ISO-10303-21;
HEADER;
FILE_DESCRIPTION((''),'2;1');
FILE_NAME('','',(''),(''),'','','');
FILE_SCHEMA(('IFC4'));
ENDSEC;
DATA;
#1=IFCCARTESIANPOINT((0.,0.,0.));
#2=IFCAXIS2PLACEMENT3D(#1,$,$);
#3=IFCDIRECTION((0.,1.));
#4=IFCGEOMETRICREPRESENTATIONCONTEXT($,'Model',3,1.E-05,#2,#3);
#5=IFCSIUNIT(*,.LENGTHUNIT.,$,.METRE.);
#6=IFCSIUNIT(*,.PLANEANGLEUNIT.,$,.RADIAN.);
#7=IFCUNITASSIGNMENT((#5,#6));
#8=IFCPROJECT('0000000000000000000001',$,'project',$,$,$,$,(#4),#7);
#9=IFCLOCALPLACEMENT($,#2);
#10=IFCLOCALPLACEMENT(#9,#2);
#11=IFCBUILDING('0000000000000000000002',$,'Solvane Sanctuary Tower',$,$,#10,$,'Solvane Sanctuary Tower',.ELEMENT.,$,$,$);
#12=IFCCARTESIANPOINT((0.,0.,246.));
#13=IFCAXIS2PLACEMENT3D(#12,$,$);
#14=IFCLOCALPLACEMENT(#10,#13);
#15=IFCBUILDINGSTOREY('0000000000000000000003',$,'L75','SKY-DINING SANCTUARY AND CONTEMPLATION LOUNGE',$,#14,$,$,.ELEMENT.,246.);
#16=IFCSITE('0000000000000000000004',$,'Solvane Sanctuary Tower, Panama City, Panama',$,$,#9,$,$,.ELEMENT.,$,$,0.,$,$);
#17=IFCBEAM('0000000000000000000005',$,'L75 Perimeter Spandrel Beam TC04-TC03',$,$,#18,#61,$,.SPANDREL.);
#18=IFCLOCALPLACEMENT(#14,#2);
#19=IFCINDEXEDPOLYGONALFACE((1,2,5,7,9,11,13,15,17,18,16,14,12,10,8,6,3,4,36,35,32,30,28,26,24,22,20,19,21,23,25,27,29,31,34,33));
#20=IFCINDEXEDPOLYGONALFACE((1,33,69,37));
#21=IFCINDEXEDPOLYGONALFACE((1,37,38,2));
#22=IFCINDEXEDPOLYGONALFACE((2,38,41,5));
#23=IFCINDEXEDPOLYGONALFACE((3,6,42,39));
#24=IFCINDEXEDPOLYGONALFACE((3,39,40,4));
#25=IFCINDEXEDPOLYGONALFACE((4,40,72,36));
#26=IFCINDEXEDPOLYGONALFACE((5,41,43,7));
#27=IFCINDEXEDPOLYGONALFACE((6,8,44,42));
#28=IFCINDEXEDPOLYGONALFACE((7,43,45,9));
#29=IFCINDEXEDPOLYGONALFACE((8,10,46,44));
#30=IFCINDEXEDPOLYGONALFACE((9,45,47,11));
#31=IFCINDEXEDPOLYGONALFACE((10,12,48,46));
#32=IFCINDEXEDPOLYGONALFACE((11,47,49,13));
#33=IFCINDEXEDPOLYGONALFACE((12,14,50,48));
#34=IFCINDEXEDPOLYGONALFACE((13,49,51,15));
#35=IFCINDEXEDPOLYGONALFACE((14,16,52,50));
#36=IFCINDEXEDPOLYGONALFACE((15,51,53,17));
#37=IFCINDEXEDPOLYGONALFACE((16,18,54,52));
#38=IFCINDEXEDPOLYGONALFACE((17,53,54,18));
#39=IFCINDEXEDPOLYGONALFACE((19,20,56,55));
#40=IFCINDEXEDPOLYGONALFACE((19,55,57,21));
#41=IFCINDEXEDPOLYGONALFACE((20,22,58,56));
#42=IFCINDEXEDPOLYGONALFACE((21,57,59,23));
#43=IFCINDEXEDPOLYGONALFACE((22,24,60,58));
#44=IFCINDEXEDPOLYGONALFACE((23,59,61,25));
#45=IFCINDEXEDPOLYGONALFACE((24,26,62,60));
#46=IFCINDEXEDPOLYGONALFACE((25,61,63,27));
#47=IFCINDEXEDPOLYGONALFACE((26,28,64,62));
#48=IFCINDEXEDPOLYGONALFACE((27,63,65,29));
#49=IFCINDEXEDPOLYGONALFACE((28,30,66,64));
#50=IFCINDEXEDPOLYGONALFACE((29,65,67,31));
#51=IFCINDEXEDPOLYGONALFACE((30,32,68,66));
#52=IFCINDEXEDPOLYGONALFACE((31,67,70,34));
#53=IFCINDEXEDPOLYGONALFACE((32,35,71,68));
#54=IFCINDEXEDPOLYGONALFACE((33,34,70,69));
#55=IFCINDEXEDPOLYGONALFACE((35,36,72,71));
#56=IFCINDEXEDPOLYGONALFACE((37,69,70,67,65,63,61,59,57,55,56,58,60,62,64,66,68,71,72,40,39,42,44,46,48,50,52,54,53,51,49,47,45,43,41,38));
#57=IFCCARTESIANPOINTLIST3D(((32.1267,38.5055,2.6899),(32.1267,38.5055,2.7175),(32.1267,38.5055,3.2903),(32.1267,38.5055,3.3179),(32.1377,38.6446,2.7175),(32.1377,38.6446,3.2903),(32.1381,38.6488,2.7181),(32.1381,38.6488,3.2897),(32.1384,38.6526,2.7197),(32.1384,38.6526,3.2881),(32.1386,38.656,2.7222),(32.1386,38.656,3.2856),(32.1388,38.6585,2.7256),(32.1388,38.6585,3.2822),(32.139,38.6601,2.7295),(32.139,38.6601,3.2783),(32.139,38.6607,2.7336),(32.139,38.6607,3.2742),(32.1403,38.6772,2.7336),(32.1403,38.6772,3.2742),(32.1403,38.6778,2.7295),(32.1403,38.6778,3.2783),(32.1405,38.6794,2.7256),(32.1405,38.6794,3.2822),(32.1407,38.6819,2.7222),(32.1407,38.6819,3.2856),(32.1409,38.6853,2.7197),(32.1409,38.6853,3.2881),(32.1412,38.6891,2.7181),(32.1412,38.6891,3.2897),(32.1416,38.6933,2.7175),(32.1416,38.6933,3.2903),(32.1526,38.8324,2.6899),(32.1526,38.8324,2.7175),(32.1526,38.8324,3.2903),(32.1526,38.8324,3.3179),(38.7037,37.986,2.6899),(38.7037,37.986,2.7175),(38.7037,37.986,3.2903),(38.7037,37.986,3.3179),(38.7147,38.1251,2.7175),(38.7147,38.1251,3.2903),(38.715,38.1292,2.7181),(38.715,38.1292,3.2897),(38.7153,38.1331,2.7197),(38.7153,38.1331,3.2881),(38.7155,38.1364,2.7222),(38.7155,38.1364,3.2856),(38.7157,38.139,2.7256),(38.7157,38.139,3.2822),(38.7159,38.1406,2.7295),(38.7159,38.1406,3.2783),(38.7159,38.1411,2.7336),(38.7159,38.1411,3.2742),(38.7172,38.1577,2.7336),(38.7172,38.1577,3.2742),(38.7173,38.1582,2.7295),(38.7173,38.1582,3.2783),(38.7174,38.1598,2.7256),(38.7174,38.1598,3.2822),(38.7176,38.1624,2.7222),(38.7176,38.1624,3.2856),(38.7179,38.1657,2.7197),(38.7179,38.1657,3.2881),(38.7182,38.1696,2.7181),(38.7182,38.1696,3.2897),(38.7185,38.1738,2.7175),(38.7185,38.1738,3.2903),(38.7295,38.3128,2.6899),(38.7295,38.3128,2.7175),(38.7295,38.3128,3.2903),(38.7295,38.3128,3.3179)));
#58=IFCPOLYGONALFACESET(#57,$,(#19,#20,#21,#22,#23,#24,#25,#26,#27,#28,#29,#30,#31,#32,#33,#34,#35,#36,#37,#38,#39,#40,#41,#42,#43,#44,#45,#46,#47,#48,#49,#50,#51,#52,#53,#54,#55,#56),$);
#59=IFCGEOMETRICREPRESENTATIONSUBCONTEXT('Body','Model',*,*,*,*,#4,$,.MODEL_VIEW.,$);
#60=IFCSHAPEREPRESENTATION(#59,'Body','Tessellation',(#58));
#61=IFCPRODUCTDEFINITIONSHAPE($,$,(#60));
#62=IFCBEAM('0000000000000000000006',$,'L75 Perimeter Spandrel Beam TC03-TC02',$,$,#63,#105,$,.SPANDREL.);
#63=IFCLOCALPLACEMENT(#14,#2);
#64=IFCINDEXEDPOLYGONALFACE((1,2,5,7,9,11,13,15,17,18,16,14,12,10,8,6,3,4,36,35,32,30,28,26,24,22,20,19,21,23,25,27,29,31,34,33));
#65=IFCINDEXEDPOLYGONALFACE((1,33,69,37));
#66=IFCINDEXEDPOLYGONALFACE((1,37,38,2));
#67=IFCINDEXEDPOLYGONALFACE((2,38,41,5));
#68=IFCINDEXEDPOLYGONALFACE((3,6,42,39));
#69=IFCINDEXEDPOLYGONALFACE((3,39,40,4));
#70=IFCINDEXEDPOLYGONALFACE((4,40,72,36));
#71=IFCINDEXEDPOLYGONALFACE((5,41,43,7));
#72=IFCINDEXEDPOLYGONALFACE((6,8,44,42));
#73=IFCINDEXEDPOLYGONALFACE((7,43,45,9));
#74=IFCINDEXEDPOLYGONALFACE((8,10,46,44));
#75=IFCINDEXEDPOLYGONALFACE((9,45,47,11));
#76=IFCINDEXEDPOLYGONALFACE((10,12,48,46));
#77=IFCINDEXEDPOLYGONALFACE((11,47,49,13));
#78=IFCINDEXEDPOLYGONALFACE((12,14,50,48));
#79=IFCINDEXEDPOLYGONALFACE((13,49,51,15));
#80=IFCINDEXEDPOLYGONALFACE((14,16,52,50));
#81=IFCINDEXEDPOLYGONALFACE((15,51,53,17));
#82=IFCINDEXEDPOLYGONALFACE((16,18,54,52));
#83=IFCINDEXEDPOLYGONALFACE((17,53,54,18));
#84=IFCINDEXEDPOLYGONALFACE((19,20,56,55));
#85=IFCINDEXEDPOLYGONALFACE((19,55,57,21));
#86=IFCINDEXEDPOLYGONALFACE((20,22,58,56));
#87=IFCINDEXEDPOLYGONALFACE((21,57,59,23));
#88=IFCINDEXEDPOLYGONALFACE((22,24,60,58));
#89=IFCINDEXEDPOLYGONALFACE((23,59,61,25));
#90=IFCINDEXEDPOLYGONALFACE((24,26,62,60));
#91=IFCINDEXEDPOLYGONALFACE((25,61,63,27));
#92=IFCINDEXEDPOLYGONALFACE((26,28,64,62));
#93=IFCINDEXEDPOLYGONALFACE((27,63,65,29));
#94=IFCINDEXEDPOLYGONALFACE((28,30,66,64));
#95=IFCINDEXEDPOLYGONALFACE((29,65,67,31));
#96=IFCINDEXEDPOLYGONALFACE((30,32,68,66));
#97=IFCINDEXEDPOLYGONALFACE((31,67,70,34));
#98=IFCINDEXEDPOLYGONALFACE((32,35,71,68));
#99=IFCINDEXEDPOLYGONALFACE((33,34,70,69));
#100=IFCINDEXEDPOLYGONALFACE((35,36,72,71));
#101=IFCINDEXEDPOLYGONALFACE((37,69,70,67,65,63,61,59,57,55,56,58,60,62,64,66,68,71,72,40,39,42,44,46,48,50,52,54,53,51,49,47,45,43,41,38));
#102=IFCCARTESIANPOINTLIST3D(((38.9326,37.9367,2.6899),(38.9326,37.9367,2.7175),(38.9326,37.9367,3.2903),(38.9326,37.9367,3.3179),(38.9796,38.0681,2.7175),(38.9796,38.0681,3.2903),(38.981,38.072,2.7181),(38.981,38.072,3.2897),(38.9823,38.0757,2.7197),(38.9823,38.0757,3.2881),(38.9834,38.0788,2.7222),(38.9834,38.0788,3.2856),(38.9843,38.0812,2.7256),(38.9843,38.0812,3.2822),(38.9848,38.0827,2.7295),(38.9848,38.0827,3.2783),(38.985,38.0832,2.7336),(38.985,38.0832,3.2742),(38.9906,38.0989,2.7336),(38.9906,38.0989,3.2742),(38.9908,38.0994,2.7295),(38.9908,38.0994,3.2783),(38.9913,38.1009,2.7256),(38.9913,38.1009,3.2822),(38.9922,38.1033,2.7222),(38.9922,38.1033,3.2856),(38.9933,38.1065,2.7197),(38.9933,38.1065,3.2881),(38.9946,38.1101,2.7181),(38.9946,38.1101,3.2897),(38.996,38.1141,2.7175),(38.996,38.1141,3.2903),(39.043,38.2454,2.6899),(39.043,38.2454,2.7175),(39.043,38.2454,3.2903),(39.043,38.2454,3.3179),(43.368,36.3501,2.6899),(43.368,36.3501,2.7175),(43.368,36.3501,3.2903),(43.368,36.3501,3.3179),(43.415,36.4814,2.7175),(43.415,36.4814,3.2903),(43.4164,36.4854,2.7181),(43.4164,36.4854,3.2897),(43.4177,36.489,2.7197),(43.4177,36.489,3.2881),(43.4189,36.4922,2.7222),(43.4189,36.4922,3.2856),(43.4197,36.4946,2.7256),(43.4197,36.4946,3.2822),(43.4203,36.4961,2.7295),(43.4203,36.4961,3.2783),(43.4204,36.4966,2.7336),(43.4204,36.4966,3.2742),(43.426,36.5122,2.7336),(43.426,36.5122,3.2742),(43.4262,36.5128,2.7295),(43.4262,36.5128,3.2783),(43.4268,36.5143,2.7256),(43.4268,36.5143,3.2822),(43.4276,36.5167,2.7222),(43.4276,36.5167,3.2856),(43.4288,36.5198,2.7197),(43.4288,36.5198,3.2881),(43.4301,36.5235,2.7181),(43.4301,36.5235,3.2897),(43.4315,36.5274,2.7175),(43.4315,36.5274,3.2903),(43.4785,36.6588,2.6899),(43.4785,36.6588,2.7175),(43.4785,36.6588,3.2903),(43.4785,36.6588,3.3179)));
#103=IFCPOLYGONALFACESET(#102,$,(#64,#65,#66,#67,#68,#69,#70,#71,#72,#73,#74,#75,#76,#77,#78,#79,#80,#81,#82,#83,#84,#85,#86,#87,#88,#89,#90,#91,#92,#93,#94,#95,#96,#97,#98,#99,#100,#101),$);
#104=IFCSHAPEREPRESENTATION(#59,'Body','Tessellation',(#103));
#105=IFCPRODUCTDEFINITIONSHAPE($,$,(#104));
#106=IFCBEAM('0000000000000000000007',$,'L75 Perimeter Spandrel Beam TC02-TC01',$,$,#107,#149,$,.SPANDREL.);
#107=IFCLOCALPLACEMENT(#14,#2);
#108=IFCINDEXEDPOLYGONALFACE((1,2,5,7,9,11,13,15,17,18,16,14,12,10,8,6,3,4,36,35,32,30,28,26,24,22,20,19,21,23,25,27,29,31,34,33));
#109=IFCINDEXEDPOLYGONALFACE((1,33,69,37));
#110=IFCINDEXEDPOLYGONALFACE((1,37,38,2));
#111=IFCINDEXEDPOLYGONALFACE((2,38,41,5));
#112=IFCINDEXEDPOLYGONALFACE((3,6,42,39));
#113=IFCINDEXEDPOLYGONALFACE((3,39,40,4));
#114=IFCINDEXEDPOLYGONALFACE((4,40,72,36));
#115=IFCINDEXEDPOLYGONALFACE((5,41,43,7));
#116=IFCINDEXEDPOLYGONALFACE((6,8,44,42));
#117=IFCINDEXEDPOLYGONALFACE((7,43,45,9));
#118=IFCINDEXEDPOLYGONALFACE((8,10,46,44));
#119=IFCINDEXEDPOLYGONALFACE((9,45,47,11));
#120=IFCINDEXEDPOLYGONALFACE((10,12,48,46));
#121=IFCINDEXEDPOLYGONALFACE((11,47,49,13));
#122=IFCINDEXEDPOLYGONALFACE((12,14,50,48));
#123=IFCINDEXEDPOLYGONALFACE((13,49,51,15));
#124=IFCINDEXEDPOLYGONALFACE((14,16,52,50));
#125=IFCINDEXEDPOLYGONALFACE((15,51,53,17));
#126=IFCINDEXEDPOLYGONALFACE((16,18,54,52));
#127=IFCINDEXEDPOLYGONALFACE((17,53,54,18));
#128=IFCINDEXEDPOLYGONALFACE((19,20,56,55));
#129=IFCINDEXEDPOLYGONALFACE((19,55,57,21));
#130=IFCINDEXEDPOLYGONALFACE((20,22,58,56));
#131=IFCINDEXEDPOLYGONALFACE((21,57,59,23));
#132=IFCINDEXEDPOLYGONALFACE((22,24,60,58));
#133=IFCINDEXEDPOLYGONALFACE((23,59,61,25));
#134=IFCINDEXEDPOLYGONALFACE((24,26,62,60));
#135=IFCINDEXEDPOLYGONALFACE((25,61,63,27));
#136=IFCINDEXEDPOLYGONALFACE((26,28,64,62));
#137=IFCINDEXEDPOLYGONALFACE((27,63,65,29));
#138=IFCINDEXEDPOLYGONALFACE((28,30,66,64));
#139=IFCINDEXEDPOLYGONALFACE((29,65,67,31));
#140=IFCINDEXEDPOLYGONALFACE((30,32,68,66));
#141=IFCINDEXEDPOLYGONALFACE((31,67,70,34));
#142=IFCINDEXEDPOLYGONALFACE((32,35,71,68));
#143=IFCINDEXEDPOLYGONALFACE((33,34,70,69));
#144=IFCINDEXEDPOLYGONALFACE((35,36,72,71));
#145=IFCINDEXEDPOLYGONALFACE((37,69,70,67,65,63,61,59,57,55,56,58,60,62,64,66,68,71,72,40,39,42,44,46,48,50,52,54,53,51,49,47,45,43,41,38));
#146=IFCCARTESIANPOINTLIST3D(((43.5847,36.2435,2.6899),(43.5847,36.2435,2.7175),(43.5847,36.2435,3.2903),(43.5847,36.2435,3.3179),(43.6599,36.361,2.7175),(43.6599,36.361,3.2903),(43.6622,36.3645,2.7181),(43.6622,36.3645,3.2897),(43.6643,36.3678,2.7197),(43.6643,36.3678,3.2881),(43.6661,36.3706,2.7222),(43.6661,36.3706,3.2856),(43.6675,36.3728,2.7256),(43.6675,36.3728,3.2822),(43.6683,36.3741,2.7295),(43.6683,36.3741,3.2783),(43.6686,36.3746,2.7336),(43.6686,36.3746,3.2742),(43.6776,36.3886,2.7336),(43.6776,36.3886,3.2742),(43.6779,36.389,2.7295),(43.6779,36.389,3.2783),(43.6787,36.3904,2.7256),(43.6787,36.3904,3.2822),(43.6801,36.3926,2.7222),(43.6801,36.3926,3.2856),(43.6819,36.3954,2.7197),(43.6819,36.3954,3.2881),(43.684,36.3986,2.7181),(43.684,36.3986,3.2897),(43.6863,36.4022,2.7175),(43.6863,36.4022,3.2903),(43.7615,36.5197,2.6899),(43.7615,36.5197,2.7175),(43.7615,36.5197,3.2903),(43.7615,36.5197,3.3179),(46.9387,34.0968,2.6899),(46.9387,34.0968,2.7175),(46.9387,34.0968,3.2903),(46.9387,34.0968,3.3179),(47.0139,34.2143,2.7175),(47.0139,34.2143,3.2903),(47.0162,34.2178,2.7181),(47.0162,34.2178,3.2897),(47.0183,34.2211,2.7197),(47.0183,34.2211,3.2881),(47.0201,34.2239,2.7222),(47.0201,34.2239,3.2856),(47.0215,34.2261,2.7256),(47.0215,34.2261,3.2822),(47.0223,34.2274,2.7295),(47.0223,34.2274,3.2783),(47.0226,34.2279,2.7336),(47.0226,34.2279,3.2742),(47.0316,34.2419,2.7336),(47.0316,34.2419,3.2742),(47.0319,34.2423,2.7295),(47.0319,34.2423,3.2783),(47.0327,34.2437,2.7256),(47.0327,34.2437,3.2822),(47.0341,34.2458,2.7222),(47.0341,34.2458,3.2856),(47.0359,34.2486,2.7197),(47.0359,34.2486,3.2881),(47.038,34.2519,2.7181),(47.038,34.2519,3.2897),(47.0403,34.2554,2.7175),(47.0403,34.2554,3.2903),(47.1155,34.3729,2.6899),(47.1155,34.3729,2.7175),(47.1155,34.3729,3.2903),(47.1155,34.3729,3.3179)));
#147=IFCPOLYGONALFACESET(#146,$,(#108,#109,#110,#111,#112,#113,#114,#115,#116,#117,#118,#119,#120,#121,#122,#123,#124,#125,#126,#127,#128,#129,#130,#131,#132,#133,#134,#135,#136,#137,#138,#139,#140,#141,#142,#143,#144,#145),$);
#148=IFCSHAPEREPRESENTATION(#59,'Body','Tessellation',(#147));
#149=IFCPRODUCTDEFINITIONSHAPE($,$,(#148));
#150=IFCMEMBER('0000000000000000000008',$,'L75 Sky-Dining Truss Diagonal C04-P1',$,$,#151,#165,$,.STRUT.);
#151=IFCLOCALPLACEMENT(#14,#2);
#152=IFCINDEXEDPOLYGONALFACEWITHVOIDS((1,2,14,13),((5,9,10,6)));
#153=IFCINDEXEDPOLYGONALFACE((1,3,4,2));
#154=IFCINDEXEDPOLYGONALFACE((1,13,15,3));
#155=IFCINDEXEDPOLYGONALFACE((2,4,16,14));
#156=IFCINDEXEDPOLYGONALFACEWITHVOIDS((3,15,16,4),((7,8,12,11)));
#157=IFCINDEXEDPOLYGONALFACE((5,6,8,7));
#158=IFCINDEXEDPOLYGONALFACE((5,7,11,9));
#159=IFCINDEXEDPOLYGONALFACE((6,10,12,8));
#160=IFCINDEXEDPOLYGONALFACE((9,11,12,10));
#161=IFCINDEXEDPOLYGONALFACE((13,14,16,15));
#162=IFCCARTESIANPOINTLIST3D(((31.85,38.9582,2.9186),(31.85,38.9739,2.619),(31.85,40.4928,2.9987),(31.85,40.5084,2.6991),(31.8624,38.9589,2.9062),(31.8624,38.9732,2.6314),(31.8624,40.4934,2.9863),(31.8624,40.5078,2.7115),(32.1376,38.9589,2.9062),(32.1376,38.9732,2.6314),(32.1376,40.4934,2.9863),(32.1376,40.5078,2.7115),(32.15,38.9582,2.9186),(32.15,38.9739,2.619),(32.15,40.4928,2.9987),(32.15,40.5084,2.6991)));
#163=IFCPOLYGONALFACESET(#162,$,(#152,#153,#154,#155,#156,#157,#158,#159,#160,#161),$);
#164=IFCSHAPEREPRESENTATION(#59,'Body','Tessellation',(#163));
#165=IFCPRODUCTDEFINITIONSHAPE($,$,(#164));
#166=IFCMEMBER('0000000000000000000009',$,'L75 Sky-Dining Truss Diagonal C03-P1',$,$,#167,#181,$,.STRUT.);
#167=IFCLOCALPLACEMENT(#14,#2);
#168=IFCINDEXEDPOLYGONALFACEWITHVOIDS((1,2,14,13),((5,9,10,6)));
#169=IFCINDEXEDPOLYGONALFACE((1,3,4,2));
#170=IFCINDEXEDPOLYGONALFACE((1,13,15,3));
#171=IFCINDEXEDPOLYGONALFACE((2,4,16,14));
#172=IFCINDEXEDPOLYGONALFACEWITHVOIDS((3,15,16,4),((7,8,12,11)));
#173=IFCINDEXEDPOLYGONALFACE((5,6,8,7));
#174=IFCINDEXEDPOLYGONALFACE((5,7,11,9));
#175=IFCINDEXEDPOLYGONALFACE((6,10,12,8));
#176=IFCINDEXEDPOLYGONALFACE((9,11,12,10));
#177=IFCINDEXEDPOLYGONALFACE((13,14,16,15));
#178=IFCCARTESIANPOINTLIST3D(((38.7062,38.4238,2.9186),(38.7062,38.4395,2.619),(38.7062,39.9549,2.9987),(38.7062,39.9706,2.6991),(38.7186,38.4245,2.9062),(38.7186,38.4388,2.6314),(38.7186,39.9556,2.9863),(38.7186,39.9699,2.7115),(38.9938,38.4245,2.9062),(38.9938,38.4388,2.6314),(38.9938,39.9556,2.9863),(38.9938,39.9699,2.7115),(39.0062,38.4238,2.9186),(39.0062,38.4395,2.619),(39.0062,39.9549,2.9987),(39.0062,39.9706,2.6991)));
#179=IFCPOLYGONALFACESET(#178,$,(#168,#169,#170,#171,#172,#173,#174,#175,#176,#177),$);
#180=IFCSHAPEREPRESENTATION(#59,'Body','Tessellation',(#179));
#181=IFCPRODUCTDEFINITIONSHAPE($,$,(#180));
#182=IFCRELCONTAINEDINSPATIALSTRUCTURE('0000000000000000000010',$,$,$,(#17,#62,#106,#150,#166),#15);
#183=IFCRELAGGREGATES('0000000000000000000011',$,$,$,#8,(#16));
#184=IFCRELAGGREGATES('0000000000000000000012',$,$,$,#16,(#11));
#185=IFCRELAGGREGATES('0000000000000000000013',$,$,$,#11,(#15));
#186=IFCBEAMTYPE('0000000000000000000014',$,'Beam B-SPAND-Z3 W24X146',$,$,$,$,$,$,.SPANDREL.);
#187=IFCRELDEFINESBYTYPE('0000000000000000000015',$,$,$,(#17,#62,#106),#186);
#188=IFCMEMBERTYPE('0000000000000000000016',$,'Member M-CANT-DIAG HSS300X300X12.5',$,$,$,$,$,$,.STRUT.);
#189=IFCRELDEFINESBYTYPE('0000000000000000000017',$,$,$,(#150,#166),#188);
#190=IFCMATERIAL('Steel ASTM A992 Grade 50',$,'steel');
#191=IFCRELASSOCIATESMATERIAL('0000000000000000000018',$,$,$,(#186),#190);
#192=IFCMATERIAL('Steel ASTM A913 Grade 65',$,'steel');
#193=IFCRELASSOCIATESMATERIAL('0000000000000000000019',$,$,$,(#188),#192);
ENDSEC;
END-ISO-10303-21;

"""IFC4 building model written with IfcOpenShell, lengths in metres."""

from ifc_helpers import new_model, si_unit, direction, frame, origin, origin_2d, place, context, subcontext, project, spatial, hollow_rectangle, i_section, extrude, material, material_profile, profile_set, type_object, element, save


model = new_model("IFC4")

# Units and contexts
model_context = context("Model", 3, precision=1e-05, world=origin(), true_north=direction((0.0, 1.0)))
body_context = subcontext(model_context, "Body", "Model", "MODEL_VIEW")
ifc_project = project(units=[si_unit("LENGTHUNIT", "METRE"), si_unit("PLANEANGLEUNIT", "RADIAN")], contexts=[model_context])

# Site, building, storey
site_placement = place(None, origin())
site = spatial("IfcSite", under=ifc_project, at=site_placement, Name="Solvane Sanctuary Tower, Panama City, Panama", CompositionType="ELEMENT", RefElevation=0.0)
building_placement = place(site_placement, origin())
building = spatial("IfcBuilding", under=site, at=building_placement, Name="Solvane Sanctuary Tower", LongName="Solvane Sanctuary Tower", CompositionType="ELEMENT")
storey_placement = place(building_placement, frame((0.0, 0.0, 246.0)))
storey = spatial("IfcBuildingStorey", under=building, at=storey_placement, Name="L75", Description="SKY-DINING SANCTUARY AND CONTEMPLATION LOUNGE", CompositionType="ELEMENT", Elevation=246.0)

# Shared definitions
ifc_material_1 = material(Name="Steel ASTM A913 Grade 65", Category="steel")

# Beams
ifc_material_2 = material(Name="Steel ASTM A992 Grade 50", Category="steel")
ifc_material_profile_1 = material_profile(ifc_material_2, i_section(OverallWidth=0.3279, OverallDepth=0.6279, WebThickness=0.0166, FlangeThickness=0.0276, FilletRadius=0.0161, at=origin_2d()), Name="W24X146")
ifc_profile_set_1 = profile_set([ifc_material_profile_1], Name="Steel ASTM A992 Grade 50")
beam_type_1 = type_object("IfcBeamType", Name="Beam B-SPAND-Z3 W24X146", PredefinedType="SPANDREL", material=ifc_profile_set_1)
beam_1_placement = place(storey_placement, frame((32.1396, 38.6689, 3.0039), z_axis=(0.996895, -0.078748, 0.0), x_axis=(0.078748, 0.996895, 0.0)))
element("IfcBeam", 1, at=beam_1_placement, inside=storey, type_object=beam_type_1, Name="L75 Perimeter Spandrel Beam TC04-TC03", PredefinedType="SPANDREL", context=body_context, shape_type="SweptSolid", body=[
    extrude(i_section(OverallWidth=0.3279, OverallDepth=0.6279, WebThickness=0.0166, FlangeThickness=0.0276, FilletRadius=0.0161, at=origin_2d()), origin(), (0.0, 0.0, 1.0), 6.5974),
])
beam_2_placement = place(storey_placement, frame((38.9878, 38.0911, 3.0039), z_axis=(0.941571, -0.336816, 0.0), x_axis=(0.336816, 0.941571, 0.0)))
element("IfcBeam", 2, at=beam_2_placement, inside=storey, type_object=beam_type_1, Name="L75 Perimeter Spandrel Beam TC03-TC02", PredefinedType="SPANDREL", context=body_context, shape_type="SweptSolid", body=[
    extrude(i_section(OverallWidth=0.3279, OverallDepth=0.6279, WebThickness=0.0166, FlangeThickness=0.0276, FilletRadius=0.0161, at=origin_2d()), origin(), (0.0, 0.0, 1.0), 4.7107),
])
beam_3_placement = place(storey_placement, frame((43.6731, 36.3816, 3.0039), z_axis=(0.842252, -0.539083, 0.0), x_axis=(0.539083, 0.842252, 0.0)))
element("IfcBeam", 3, at=beam_3_placement, inside=storey, type_object=beam_type_1, Name="L75 Perimeter Spandrel Beam TC02-TC01", PredefinedType="SPANDREL", context=body_context, shape_type="SweptSolid", body=[
    extrude(i_section(OverallWidth=0.3279, OverallDepth=0.6279, WebThickness=0.0166, FlangeThickness=0.0276, FilletRadius=0.0161, at=origin_2d()), origin(), (0.0, 0.0, 1.0), 3.9822),
])

# Members
ifc_material_profile_2 = material_profile(ifc_material_1, hollow_rectangle(XDim=0.3, YDim=0.3, WallThickness=0.0125, at=origin_2d()), Name="HSS300X300X12.5")
ifc_profile_set_2 = profile_set([ifc_material_profile_2], Name="Steel ASTM A913 Grade 65")
member_type_1 = type_object("IfcMemberType", Name="Member M-CANT-DIAG HSS300X300X12.5", PredefinedType="STRUT", material=ifc_profile_set_2)
member_1_placement = place(storey_placement, frame((32.0, 38.9661, 2.7688), z_axis=(0.0, 0.998641, 0.052117), x_axis=(-1.0, 0.0, 0.0)))
element("IfcMember", 4, at=member_1_placement, inside=storey, type_object=member_type_1, Name="L75 Sky-Dining Truss Diagonal C04-P1", PredefinedType="STRUT", context=body_context, shape_type="SweptSolid", body=[
    extrude(hollow_rectangle(XDim=0.3, YDim=0.3, WallThickness=0.0125, at=origin_2d()), origin(), (0.0, 0.0, 1.0), 1.5366),
])
member_2_placement = place(storey_placement, frame((38.8562, 38.4316, 2.7688), z_axis=(0.0, 0.998635, 0.052233), x_axis=(-1.0, 0.0, 0.0)))
element("IfcMember", 5, at=member_2_placement, inside=storey, type_object=member_type_1, Name="L75 Sky-Dining Truss Diagonal C03-P1", PredefinedType="STRUT", context=body_context, shape_type="SweptSolid", body=[
    extrude(hollow_rectangle(XDim=0.3, YDim=0.3, WallThickness=0.0125, at=origin_2d()), origin(), (0.0, 0.0, 1.0), 1.5332),
])

save(model, "model.ifc")
